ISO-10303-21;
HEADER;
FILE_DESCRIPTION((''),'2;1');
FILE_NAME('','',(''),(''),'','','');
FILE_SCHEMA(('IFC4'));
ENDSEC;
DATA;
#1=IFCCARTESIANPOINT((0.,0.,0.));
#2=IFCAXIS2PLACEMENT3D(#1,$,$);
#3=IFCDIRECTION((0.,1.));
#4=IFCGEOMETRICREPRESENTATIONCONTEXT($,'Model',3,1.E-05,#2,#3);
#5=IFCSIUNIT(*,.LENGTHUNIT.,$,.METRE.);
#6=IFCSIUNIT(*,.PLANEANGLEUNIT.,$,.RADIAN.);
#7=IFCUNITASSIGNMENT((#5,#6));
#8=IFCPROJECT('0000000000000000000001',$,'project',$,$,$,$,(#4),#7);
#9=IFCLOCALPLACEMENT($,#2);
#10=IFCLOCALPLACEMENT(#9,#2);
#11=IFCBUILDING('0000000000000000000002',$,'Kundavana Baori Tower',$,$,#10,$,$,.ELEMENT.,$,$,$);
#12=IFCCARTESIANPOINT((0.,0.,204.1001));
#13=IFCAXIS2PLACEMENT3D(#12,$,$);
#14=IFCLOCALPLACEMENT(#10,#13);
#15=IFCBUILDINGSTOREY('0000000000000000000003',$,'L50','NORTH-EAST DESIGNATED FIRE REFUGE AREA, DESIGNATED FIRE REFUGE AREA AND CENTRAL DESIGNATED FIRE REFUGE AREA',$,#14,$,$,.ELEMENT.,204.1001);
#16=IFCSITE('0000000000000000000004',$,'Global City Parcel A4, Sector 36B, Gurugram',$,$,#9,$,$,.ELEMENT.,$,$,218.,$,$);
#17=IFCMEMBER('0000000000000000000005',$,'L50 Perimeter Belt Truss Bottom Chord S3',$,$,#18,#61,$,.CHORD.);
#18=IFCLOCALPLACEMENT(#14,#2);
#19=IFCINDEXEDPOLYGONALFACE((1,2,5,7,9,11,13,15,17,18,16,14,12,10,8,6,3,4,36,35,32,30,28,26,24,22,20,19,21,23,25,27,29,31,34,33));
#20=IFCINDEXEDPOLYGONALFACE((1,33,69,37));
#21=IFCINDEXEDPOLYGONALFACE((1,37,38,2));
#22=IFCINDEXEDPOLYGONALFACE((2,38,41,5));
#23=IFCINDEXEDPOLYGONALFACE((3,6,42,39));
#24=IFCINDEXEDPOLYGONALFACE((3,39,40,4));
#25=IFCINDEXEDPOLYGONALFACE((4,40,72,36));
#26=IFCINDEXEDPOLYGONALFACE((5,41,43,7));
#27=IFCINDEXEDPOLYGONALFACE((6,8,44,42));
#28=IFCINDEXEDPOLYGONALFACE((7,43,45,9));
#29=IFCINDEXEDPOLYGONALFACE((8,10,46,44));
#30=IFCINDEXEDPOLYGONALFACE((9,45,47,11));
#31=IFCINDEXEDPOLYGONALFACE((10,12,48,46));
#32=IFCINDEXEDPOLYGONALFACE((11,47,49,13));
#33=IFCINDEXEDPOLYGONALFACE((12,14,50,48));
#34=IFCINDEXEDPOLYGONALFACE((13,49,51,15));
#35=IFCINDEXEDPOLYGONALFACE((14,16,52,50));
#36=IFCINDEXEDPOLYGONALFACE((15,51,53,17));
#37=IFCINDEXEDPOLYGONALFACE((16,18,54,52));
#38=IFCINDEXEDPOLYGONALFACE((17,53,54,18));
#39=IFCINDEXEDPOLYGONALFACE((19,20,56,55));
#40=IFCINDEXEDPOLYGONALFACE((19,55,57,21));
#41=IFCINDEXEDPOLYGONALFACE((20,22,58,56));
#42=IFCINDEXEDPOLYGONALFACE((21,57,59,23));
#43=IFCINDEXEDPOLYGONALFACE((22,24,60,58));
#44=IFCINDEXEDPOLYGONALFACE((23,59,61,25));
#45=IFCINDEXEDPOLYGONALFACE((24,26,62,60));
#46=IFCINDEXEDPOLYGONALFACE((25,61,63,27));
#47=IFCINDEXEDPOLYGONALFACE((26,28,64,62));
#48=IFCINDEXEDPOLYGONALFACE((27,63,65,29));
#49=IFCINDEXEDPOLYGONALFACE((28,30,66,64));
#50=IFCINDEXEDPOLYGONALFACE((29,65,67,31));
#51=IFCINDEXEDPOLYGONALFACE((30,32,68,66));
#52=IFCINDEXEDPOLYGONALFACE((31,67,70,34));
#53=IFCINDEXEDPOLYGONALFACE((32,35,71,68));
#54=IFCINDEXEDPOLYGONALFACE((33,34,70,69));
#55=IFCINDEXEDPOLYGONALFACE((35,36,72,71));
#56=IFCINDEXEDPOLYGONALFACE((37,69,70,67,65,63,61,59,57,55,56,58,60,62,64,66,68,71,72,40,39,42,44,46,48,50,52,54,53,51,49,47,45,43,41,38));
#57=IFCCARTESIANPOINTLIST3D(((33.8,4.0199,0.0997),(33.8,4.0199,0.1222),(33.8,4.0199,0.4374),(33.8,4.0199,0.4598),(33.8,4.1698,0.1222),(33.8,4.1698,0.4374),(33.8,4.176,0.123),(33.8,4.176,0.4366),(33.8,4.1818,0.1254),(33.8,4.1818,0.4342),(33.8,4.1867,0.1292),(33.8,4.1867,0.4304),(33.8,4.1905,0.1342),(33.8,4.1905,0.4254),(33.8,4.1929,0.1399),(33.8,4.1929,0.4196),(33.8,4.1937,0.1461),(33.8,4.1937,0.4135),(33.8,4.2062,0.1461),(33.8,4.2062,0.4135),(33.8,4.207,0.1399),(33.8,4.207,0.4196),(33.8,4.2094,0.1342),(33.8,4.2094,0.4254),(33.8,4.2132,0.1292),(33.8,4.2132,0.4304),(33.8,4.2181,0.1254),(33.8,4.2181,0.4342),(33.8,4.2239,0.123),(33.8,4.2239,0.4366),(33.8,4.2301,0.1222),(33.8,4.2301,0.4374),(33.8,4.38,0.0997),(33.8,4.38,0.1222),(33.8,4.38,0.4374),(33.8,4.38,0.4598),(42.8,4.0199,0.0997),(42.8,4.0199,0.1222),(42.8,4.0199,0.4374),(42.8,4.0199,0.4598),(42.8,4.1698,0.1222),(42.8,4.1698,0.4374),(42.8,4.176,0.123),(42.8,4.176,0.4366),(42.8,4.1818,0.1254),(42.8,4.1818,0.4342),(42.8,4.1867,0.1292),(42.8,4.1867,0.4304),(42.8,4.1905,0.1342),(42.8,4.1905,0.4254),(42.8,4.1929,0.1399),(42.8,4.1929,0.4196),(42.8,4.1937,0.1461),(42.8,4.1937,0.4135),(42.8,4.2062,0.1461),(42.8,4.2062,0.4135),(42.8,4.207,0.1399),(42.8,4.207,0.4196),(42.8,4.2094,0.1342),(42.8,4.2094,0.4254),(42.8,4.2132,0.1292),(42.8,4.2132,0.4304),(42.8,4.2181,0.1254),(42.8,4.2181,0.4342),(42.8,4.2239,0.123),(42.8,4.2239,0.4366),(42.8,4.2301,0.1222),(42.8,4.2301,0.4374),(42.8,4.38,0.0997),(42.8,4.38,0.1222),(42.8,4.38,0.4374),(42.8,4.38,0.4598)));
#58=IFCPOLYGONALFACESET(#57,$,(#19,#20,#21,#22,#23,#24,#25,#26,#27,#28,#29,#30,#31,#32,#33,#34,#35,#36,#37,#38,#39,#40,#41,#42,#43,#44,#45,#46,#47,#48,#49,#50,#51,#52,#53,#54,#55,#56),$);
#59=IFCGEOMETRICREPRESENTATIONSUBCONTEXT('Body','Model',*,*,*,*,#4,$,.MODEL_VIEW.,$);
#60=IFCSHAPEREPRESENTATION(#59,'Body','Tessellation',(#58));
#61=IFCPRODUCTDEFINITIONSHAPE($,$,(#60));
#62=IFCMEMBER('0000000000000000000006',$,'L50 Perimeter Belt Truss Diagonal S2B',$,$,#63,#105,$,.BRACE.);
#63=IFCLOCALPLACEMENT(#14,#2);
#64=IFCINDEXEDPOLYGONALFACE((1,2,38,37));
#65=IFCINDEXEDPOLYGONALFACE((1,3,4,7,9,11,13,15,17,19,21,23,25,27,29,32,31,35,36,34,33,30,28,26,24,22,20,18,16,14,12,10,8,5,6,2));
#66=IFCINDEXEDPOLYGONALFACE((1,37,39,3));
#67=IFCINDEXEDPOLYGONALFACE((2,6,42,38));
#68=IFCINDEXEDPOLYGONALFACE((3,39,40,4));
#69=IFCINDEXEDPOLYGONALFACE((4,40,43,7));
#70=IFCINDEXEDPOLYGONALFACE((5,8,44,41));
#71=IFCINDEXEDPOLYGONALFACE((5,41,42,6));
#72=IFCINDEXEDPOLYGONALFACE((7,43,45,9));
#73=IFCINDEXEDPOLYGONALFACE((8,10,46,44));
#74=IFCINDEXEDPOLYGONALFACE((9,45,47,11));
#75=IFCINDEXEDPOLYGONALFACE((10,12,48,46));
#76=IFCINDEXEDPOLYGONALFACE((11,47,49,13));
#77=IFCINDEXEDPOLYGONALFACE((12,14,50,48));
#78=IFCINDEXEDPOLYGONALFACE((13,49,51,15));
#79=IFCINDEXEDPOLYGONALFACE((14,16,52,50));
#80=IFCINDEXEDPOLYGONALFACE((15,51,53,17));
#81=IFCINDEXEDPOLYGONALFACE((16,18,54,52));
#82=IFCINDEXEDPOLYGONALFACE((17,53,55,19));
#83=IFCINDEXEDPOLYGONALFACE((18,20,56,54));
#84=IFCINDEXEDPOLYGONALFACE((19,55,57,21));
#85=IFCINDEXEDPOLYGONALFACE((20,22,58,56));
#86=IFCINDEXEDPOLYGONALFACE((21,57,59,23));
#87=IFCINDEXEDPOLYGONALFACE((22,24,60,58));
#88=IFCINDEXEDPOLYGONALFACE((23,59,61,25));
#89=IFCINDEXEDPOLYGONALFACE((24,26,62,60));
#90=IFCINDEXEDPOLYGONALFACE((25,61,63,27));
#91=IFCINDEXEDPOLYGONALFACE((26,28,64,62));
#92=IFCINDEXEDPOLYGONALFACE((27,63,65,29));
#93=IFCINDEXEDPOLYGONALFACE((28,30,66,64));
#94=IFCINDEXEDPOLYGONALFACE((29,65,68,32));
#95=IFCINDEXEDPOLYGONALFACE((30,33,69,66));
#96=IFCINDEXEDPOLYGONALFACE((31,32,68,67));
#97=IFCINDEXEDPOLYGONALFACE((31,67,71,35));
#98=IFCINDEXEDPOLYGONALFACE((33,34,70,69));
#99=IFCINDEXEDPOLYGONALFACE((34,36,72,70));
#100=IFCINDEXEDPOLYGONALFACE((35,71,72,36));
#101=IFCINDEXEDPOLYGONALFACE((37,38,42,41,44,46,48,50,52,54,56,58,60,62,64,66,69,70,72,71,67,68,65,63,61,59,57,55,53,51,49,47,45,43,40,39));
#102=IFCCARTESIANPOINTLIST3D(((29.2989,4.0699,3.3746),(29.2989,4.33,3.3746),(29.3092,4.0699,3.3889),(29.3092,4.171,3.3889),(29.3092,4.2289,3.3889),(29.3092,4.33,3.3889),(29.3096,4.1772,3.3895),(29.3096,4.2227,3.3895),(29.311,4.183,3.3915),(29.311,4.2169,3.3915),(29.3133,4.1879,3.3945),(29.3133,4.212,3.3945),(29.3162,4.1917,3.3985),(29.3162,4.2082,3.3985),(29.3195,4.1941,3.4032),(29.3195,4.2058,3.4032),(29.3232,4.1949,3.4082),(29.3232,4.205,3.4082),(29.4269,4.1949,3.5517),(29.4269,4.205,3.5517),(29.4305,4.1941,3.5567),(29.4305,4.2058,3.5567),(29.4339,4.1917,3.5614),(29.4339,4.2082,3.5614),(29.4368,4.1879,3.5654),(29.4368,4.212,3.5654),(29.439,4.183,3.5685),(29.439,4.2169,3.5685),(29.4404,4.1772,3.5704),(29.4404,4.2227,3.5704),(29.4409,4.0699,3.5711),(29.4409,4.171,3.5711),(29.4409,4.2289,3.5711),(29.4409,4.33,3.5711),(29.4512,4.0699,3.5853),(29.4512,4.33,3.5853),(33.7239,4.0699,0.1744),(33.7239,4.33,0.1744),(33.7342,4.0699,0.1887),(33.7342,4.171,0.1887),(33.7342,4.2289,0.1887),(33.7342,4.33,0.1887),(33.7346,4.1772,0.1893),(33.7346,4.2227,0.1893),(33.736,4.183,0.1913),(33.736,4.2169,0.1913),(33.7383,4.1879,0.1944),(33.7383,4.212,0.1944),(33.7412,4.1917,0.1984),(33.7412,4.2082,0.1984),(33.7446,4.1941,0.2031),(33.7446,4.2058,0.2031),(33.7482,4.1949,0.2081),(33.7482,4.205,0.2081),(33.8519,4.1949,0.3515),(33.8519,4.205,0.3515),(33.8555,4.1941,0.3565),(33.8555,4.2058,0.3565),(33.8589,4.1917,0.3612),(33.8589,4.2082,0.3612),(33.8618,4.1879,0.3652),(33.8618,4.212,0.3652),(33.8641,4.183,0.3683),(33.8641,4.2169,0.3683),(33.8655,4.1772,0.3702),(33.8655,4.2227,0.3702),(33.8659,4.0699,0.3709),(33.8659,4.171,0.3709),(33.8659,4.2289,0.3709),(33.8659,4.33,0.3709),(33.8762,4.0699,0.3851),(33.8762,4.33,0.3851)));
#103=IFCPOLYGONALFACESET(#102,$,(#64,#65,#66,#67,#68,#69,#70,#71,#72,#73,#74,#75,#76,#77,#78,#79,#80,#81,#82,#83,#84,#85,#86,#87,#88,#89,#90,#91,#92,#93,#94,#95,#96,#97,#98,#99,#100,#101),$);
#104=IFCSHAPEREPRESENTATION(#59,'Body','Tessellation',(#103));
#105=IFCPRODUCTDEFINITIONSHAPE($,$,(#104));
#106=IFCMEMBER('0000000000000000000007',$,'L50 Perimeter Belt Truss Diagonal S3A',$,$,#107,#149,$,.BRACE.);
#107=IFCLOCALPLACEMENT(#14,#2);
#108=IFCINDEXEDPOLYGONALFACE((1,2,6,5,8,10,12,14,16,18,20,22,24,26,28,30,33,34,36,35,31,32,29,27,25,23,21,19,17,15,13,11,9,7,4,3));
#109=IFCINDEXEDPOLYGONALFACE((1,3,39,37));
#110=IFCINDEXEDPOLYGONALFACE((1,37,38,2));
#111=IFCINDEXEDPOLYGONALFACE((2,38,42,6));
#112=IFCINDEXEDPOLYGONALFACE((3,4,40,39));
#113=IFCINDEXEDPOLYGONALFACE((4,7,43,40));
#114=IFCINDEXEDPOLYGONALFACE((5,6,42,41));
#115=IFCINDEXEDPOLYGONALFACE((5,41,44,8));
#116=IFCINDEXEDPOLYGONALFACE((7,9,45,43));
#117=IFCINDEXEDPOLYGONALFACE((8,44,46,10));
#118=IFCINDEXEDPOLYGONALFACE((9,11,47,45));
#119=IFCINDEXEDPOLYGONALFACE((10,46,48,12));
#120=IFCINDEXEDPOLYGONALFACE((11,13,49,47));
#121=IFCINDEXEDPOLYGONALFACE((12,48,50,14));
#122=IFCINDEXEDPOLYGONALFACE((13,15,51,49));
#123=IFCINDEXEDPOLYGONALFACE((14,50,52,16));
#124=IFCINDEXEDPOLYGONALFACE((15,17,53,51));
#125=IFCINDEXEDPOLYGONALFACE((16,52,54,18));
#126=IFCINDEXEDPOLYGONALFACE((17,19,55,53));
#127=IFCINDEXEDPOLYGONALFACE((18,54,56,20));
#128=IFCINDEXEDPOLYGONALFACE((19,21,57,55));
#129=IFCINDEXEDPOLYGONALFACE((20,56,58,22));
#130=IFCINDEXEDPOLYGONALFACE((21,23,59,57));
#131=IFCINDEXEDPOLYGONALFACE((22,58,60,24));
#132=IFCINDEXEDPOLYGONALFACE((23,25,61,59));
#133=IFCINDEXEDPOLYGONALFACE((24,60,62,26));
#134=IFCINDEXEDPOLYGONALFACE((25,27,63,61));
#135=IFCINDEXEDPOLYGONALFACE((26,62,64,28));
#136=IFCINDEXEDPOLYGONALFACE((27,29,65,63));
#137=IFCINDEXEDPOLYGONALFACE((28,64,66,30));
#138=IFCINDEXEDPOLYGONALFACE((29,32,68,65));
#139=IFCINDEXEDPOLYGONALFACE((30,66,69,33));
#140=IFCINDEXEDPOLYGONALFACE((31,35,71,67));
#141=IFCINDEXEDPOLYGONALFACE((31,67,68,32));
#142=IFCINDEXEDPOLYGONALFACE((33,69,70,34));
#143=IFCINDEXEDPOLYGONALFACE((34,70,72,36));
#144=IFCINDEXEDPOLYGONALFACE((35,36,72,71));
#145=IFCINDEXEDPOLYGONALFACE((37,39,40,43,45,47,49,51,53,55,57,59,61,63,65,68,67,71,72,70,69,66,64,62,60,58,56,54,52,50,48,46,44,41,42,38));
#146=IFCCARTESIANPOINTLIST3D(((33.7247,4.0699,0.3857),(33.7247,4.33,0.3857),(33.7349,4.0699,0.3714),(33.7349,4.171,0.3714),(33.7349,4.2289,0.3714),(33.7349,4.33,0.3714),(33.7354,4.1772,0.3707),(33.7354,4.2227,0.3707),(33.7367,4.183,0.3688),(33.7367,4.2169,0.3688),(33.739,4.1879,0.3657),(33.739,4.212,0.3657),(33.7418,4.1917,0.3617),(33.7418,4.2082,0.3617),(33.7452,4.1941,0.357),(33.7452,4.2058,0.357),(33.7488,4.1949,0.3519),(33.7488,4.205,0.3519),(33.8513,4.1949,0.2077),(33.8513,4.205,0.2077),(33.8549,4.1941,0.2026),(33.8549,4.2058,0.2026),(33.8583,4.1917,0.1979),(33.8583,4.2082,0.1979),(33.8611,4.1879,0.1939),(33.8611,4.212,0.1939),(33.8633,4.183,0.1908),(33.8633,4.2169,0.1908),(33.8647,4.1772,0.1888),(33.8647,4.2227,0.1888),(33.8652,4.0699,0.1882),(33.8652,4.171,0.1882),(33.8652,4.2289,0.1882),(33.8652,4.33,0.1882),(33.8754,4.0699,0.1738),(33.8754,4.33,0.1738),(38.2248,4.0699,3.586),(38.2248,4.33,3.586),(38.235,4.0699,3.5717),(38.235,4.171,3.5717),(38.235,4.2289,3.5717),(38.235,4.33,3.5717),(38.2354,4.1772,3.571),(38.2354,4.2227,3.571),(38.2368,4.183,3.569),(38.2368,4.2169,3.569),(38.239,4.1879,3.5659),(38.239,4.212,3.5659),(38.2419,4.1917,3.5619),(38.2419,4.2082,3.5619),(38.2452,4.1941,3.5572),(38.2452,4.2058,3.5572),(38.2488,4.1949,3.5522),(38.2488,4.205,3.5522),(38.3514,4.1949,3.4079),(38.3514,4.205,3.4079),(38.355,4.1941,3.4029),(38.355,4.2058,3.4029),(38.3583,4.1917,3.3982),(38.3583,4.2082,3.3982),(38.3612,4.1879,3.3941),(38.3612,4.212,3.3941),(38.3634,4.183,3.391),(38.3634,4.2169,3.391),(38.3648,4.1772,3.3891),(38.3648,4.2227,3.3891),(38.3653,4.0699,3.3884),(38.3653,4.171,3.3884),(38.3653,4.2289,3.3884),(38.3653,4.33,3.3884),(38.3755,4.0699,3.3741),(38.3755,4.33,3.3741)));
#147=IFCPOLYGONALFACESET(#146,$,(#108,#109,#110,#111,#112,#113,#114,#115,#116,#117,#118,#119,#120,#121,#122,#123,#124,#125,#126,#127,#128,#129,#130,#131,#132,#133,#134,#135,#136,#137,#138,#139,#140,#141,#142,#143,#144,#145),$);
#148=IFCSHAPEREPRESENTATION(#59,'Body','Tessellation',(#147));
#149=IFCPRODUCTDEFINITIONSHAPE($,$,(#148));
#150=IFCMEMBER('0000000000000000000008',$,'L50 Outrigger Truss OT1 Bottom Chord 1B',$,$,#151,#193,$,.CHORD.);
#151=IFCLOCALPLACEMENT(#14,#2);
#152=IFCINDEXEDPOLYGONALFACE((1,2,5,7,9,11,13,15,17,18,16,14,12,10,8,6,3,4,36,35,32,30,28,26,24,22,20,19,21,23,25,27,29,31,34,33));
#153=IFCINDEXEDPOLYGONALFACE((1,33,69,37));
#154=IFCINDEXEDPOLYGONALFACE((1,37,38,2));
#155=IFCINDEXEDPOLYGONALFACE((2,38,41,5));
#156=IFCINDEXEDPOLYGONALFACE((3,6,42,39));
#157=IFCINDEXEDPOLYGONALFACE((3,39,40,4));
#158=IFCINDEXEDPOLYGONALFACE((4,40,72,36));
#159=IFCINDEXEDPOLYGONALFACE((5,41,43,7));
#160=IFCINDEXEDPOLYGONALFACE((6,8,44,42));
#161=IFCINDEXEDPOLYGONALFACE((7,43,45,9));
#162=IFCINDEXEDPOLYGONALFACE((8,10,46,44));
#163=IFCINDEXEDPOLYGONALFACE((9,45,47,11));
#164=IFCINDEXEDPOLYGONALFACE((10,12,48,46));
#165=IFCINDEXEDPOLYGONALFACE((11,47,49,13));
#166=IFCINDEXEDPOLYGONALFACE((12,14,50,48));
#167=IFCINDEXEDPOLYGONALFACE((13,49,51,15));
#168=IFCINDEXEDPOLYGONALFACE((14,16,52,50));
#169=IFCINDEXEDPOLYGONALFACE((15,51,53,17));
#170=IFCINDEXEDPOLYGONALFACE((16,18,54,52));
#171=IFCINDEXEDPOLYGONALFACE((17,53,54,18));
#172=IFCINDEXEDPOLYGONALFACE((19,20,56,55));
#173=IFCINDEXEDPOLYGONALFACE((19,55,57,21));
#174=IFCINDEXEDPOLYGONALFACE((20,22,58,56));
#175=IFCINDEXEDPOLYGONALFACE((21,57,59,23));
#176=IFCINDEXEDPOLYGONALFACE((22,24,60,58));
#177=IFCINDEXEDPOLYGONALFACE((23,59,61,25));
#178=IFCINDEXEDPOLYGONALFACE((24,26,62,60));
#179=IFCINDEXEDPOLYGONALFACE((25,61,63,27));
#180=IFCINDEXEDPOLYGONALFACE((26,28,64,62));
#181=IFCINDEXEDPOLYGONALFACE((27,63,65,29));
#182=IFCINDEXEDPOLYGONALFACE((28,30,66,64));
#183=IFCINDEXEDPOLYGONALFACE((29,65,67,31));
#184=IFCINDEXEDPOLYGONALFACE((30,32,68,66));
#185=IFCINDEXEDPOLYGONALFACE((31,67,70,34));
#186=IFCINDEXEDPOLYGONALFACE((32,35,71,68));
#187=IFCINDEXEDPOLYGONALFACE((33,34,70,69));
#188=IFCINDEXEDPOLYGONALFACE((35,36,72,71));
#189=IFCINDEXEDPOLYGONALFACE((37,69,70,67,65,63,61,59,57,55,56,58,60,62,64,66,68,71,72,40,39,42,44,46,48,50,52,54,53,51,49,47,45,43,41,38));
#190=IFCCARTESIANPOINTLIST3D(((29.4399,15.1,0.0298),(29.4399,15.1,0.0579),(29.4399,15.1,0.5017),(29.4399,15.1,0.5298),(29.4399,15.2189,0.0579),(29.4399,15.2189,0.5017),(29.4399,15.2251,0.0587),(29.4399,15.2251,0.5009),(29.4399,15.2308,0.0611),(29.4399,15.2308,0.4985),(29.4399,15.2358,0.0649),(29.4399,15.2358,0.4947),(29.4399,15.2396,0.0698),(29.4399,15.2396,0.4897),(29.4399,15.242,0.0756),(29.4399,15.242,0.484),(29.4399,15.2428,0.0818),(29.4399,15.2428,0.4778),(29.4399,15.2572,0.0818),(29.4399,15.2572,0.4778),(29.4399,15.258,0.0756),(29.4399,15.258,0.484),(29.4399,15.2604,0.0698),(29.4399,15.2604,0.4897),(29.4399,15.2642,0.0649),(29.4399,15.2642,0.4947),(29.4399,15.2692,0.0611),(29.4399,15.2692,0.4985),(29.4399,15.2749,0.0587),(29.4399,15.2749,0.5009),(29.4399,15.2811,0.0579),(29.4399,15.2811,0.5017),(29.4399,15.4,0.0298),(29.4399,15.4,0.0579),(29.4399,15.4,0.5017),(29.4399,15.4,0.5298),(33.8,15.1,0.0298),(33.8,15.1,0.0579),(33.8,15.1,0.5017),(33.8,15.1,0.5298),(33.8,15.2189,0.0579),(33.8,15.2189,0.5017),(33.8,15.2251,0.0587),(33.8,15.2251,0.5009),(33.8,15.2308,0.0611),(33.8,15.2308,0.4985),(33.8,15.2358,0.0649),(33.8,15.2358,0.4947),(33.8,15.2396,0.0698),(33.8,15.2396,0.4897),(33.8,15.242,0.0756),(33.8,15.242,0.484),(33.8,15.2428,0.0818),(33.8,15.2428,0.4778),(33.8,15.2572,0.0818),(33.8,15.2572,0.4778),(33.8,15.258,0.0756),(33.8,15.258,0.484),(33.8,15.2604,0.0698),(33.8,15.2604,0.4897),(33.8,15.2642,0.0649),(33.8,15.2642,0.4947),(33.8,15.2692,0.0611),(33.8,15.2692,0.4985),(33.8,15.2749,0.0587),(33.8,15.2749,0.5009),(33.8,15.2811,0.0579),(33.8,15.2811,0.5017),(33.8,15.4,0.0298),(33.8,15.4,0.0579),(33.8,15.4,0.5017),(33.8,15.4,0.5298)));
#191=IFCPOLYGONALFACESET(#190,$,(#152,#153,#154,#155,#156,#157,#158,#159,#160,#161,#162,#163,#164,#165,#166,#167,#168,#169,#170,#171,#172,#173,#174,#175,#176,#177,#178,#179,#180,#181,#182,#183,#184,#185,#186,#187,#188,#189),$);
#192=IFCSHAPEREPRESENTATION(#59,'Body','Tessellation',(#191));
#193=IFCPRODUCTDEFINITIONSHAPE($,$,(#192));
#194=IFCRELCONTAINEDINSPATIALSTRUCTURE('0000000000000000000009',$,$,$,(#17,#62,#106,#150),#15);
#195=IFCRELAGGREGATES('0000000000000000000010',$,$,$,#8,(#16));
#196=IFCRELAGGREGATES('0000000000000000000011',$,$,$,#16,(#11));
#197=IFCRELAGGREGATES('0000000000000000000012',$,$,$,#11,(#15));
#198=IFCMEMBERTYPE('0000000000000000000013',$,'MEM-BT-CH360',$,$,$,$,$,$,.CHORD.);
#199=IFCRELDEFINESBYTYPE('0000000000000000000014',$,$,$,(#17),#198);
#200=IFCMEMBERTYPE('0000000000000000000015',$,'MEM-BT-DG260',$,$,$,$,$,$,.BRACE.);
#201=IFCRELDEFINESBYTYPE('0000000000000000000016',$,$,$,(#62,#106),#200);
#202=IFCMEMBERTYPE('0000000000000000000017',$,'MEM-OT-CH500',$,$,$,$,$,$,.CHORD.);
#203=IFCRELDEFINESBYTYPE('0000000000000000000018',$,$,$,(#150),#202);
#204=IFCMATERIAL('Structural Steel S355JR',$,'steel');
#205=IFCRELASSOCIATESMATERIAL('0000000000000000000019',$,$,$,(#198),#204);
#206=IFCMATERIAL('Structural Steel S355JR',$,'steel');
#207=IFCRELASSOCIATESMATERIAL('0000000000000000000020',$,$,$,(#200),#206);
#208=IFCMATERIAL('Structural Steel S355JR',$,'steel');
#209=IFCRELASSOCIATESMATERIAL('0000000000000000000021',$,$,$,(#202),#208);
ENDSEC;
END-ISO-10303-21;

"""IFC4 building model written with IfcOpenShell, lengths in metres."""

from ifc_helpers import new_model, si_unit, direction, frame, origin, origin_2d, place, context, subcontext, project, spatial, i_section, extrude, material, material_profile, profile_set, type_object, element, save


model = new_model("IFC4")

# Units and contexts
model_context = context("Model", 3, precision=1e-05, world=origin(), true_north=direction((0.0, 1.0)))
body_context = subcontext(model_context, "Body", "Model", "MODEL_VIEW")
ifc_project = project(units=[si_unit("LENGTHUNIT", "METRE"), si_unit("PLANEANGLEUNIT", "RADIAN")], contexts=[model_context])

# Site, building, storey
site_placement = place(None, origin())
site = spatial("IfcSite", under=ifc_project, at=site_placement, Name="Global City Parcel A4, Sector 36B, Gurugram", CompositionType="ELEMENT", RefElevation=218.0)
building_placement = place(site_placement, origin())
building = spatial("IfcBuilding", under=site, at=building_placement, Name="Kundavana Baori Tower", CompositionType="ELEMENT")
storey_placement = place(building_placement, frame((0.0, 0.0, 204.1001)))
storey = spatial("IfcBuildingStorey", under=building, at=storey_placement, Name="L50", Description="NORTH-EAST DESIGNATED FIRE REFUGE AREA, DESIGNATED FIRE REFUGE AREA AND CENTRAL DESIGNATED FIRE REFUGE AREA", CompositionType="ELEMENT", Elevation=204.1001)

# Members
ifc_material_1 = material(Name="Structural Steel S355JR", Category="steel")
ifc_material_profile_1 = material_profile(ifc_material_1, i_section(OverallWidth=0.3601, OverallDepth=0.3601, WebThickness=0.0125, FlangeThickness=0.0225, FilletRadius=0.0239, at=origin_2d()), Name="WPB 360x360x142")
ifc_profile_set_1 = profile_set([ifc_material_profile_1], Name="Structural Steel S355JR")
member_type_1 = type_object("IfcMemberType", Name="MEM-BT-CH360", PredefinedType="CHORD", material=ifc_profile_set_1)
member_1_placement = place(storey_placement, frame((33.8, 4.2, 0.2798), z_axis=(1.0, 0.0, 0.0), x_axis=(0.0, 1.0, 0.0)))
element("IfcMember", 1, at=member_1_placement, inside=storey, type_object=member_type_1, Name="L50 Perimeter Belt Truss Bottom Chord S3", PredefinedType="CHORD", context=body_context, shape_type="SweptSolid", body=[
    extrude(i_section(OverallWidth=0.3601, OverallDepth=0.3601, WebThickness=0.0125, FlangeThickness=0.0225, FilletRadius=0.0239, at=origin_2d()), origin(), (0.0, 0.0, 1.0), 9.0),
])
ifc_material_2 = material(Name="Structural Steel S355JR", Category="steel")
ifc_material_profile_2 = material_profile(ifc_material_2, i_section(OverallWidth=0.26, OverallDepth=0.26, WebThickness=0.01, FlangeThickness=0.0176, FilletRadius=0.0239, at=origin_2d()), Name="WPB 260x260x93")
ifc_profile_set_2 = profile_set([ifc_material_profile_2], Name="Structural Steel S355JR")
member_type_2 = type_object("IfcMemberType", Name="MEM-BT-DG260", PredefinedType="BRACE", material=ifc_profile_set_2)
member_2_placement = place(storey_placement, frame((33.8, 4.2, 0.2798), z_axis=(-0.810303, 0.0, 0.586011), x_axis=(0.0, -1.0, 0.0)))
element("IfcMember", 2, at=member_2_placement, inside=storey, type_object=member_type_2, Name="L50 Perimeter Belt Truss Diagonal S2B", PredefinedType="BRACE", context=body_context, shape_type="SweptSolid", body=[
    extrude(i_section(OverallWidth=0.26, OverallDepth=0.26, WebThickness=0.01, FlangeThickness=0.0176, FilletRadius=0.0239, at=origin_2d()), origin(), (0.0, 0.0, 1.0), 5.4609),
])
member_3_placement = place(storey_placement, frame((33.8, 4.2, 0.2798), z_axis=(0.814939, 0.0, 0.579547), x_axis=(0.0, 1.0, 0.0)))
element("IfcMember", 3, at=member_3_placement, inside=storey, type_object=member_type_2, Name="L50 Perimeter Belt Truss Diagonal S3A", PredefinedType="BRACE", context=body_context, shape_type="SweptSolid", body=[
    extrude(i_section(OverallWidth=0.26, OverallDepth=0.26, WebThickness=0.01, FlangeThickness=0.0176, FilletRadius=0.0239, at=origin_2d()), origin(), (0.0, 0.0, 1.0), 5.522),
])
ifc_material_3 = material(Name="Structural Steel S355JR", Category="steel")
ifc_material_profile_3 = material_profile(ifc_material_3, i_section(OverallWidth=0.3, OverallDepth=0.5, WebThickness=0.0144, FlangeThickness=0.0281, FilletRadius=0.0239, at=origin_2d()), Name="WPB 500x300x155")
ifc_profile_set_3 = profile_set([ifc_material_profile_3], Name="Structural Steel S355JR")
member_type_3 = type_object("IfcMemberType", Name="MEM-OT-CH500", PredefinedType="CHORD", material=ifc_profile_set_3)
for number, where, z_axis, x_axis, name in (
    (4, (29.4399, 15.25, 0.2798), (1.0, 0.0, 0.0), (0.0, 1.0, 0.0), "L50 Outrigger Truss OT1 Bottom Chord 1B"),
):
    element("IfcMember", number, at=place(storey_placement, frame(where, z_axis=z_axis, x_axis=x_axis)), inside=storey, type_object=member_type_3, Name=name, PredefinedType="CHORD", context=body_context, shape_type="SweptSolid", body=[
        extrude(i_section(OverallWidth=0.3, OverallDepth=0.5, WebThickness=0.0144, FlangeThickness=0.0281, FilletRadius=0.0239, at=origin_2d()), origin(), (0.0, 0.0, 1.0), 4.3601),
    ])

save(model, "model.ifc")
